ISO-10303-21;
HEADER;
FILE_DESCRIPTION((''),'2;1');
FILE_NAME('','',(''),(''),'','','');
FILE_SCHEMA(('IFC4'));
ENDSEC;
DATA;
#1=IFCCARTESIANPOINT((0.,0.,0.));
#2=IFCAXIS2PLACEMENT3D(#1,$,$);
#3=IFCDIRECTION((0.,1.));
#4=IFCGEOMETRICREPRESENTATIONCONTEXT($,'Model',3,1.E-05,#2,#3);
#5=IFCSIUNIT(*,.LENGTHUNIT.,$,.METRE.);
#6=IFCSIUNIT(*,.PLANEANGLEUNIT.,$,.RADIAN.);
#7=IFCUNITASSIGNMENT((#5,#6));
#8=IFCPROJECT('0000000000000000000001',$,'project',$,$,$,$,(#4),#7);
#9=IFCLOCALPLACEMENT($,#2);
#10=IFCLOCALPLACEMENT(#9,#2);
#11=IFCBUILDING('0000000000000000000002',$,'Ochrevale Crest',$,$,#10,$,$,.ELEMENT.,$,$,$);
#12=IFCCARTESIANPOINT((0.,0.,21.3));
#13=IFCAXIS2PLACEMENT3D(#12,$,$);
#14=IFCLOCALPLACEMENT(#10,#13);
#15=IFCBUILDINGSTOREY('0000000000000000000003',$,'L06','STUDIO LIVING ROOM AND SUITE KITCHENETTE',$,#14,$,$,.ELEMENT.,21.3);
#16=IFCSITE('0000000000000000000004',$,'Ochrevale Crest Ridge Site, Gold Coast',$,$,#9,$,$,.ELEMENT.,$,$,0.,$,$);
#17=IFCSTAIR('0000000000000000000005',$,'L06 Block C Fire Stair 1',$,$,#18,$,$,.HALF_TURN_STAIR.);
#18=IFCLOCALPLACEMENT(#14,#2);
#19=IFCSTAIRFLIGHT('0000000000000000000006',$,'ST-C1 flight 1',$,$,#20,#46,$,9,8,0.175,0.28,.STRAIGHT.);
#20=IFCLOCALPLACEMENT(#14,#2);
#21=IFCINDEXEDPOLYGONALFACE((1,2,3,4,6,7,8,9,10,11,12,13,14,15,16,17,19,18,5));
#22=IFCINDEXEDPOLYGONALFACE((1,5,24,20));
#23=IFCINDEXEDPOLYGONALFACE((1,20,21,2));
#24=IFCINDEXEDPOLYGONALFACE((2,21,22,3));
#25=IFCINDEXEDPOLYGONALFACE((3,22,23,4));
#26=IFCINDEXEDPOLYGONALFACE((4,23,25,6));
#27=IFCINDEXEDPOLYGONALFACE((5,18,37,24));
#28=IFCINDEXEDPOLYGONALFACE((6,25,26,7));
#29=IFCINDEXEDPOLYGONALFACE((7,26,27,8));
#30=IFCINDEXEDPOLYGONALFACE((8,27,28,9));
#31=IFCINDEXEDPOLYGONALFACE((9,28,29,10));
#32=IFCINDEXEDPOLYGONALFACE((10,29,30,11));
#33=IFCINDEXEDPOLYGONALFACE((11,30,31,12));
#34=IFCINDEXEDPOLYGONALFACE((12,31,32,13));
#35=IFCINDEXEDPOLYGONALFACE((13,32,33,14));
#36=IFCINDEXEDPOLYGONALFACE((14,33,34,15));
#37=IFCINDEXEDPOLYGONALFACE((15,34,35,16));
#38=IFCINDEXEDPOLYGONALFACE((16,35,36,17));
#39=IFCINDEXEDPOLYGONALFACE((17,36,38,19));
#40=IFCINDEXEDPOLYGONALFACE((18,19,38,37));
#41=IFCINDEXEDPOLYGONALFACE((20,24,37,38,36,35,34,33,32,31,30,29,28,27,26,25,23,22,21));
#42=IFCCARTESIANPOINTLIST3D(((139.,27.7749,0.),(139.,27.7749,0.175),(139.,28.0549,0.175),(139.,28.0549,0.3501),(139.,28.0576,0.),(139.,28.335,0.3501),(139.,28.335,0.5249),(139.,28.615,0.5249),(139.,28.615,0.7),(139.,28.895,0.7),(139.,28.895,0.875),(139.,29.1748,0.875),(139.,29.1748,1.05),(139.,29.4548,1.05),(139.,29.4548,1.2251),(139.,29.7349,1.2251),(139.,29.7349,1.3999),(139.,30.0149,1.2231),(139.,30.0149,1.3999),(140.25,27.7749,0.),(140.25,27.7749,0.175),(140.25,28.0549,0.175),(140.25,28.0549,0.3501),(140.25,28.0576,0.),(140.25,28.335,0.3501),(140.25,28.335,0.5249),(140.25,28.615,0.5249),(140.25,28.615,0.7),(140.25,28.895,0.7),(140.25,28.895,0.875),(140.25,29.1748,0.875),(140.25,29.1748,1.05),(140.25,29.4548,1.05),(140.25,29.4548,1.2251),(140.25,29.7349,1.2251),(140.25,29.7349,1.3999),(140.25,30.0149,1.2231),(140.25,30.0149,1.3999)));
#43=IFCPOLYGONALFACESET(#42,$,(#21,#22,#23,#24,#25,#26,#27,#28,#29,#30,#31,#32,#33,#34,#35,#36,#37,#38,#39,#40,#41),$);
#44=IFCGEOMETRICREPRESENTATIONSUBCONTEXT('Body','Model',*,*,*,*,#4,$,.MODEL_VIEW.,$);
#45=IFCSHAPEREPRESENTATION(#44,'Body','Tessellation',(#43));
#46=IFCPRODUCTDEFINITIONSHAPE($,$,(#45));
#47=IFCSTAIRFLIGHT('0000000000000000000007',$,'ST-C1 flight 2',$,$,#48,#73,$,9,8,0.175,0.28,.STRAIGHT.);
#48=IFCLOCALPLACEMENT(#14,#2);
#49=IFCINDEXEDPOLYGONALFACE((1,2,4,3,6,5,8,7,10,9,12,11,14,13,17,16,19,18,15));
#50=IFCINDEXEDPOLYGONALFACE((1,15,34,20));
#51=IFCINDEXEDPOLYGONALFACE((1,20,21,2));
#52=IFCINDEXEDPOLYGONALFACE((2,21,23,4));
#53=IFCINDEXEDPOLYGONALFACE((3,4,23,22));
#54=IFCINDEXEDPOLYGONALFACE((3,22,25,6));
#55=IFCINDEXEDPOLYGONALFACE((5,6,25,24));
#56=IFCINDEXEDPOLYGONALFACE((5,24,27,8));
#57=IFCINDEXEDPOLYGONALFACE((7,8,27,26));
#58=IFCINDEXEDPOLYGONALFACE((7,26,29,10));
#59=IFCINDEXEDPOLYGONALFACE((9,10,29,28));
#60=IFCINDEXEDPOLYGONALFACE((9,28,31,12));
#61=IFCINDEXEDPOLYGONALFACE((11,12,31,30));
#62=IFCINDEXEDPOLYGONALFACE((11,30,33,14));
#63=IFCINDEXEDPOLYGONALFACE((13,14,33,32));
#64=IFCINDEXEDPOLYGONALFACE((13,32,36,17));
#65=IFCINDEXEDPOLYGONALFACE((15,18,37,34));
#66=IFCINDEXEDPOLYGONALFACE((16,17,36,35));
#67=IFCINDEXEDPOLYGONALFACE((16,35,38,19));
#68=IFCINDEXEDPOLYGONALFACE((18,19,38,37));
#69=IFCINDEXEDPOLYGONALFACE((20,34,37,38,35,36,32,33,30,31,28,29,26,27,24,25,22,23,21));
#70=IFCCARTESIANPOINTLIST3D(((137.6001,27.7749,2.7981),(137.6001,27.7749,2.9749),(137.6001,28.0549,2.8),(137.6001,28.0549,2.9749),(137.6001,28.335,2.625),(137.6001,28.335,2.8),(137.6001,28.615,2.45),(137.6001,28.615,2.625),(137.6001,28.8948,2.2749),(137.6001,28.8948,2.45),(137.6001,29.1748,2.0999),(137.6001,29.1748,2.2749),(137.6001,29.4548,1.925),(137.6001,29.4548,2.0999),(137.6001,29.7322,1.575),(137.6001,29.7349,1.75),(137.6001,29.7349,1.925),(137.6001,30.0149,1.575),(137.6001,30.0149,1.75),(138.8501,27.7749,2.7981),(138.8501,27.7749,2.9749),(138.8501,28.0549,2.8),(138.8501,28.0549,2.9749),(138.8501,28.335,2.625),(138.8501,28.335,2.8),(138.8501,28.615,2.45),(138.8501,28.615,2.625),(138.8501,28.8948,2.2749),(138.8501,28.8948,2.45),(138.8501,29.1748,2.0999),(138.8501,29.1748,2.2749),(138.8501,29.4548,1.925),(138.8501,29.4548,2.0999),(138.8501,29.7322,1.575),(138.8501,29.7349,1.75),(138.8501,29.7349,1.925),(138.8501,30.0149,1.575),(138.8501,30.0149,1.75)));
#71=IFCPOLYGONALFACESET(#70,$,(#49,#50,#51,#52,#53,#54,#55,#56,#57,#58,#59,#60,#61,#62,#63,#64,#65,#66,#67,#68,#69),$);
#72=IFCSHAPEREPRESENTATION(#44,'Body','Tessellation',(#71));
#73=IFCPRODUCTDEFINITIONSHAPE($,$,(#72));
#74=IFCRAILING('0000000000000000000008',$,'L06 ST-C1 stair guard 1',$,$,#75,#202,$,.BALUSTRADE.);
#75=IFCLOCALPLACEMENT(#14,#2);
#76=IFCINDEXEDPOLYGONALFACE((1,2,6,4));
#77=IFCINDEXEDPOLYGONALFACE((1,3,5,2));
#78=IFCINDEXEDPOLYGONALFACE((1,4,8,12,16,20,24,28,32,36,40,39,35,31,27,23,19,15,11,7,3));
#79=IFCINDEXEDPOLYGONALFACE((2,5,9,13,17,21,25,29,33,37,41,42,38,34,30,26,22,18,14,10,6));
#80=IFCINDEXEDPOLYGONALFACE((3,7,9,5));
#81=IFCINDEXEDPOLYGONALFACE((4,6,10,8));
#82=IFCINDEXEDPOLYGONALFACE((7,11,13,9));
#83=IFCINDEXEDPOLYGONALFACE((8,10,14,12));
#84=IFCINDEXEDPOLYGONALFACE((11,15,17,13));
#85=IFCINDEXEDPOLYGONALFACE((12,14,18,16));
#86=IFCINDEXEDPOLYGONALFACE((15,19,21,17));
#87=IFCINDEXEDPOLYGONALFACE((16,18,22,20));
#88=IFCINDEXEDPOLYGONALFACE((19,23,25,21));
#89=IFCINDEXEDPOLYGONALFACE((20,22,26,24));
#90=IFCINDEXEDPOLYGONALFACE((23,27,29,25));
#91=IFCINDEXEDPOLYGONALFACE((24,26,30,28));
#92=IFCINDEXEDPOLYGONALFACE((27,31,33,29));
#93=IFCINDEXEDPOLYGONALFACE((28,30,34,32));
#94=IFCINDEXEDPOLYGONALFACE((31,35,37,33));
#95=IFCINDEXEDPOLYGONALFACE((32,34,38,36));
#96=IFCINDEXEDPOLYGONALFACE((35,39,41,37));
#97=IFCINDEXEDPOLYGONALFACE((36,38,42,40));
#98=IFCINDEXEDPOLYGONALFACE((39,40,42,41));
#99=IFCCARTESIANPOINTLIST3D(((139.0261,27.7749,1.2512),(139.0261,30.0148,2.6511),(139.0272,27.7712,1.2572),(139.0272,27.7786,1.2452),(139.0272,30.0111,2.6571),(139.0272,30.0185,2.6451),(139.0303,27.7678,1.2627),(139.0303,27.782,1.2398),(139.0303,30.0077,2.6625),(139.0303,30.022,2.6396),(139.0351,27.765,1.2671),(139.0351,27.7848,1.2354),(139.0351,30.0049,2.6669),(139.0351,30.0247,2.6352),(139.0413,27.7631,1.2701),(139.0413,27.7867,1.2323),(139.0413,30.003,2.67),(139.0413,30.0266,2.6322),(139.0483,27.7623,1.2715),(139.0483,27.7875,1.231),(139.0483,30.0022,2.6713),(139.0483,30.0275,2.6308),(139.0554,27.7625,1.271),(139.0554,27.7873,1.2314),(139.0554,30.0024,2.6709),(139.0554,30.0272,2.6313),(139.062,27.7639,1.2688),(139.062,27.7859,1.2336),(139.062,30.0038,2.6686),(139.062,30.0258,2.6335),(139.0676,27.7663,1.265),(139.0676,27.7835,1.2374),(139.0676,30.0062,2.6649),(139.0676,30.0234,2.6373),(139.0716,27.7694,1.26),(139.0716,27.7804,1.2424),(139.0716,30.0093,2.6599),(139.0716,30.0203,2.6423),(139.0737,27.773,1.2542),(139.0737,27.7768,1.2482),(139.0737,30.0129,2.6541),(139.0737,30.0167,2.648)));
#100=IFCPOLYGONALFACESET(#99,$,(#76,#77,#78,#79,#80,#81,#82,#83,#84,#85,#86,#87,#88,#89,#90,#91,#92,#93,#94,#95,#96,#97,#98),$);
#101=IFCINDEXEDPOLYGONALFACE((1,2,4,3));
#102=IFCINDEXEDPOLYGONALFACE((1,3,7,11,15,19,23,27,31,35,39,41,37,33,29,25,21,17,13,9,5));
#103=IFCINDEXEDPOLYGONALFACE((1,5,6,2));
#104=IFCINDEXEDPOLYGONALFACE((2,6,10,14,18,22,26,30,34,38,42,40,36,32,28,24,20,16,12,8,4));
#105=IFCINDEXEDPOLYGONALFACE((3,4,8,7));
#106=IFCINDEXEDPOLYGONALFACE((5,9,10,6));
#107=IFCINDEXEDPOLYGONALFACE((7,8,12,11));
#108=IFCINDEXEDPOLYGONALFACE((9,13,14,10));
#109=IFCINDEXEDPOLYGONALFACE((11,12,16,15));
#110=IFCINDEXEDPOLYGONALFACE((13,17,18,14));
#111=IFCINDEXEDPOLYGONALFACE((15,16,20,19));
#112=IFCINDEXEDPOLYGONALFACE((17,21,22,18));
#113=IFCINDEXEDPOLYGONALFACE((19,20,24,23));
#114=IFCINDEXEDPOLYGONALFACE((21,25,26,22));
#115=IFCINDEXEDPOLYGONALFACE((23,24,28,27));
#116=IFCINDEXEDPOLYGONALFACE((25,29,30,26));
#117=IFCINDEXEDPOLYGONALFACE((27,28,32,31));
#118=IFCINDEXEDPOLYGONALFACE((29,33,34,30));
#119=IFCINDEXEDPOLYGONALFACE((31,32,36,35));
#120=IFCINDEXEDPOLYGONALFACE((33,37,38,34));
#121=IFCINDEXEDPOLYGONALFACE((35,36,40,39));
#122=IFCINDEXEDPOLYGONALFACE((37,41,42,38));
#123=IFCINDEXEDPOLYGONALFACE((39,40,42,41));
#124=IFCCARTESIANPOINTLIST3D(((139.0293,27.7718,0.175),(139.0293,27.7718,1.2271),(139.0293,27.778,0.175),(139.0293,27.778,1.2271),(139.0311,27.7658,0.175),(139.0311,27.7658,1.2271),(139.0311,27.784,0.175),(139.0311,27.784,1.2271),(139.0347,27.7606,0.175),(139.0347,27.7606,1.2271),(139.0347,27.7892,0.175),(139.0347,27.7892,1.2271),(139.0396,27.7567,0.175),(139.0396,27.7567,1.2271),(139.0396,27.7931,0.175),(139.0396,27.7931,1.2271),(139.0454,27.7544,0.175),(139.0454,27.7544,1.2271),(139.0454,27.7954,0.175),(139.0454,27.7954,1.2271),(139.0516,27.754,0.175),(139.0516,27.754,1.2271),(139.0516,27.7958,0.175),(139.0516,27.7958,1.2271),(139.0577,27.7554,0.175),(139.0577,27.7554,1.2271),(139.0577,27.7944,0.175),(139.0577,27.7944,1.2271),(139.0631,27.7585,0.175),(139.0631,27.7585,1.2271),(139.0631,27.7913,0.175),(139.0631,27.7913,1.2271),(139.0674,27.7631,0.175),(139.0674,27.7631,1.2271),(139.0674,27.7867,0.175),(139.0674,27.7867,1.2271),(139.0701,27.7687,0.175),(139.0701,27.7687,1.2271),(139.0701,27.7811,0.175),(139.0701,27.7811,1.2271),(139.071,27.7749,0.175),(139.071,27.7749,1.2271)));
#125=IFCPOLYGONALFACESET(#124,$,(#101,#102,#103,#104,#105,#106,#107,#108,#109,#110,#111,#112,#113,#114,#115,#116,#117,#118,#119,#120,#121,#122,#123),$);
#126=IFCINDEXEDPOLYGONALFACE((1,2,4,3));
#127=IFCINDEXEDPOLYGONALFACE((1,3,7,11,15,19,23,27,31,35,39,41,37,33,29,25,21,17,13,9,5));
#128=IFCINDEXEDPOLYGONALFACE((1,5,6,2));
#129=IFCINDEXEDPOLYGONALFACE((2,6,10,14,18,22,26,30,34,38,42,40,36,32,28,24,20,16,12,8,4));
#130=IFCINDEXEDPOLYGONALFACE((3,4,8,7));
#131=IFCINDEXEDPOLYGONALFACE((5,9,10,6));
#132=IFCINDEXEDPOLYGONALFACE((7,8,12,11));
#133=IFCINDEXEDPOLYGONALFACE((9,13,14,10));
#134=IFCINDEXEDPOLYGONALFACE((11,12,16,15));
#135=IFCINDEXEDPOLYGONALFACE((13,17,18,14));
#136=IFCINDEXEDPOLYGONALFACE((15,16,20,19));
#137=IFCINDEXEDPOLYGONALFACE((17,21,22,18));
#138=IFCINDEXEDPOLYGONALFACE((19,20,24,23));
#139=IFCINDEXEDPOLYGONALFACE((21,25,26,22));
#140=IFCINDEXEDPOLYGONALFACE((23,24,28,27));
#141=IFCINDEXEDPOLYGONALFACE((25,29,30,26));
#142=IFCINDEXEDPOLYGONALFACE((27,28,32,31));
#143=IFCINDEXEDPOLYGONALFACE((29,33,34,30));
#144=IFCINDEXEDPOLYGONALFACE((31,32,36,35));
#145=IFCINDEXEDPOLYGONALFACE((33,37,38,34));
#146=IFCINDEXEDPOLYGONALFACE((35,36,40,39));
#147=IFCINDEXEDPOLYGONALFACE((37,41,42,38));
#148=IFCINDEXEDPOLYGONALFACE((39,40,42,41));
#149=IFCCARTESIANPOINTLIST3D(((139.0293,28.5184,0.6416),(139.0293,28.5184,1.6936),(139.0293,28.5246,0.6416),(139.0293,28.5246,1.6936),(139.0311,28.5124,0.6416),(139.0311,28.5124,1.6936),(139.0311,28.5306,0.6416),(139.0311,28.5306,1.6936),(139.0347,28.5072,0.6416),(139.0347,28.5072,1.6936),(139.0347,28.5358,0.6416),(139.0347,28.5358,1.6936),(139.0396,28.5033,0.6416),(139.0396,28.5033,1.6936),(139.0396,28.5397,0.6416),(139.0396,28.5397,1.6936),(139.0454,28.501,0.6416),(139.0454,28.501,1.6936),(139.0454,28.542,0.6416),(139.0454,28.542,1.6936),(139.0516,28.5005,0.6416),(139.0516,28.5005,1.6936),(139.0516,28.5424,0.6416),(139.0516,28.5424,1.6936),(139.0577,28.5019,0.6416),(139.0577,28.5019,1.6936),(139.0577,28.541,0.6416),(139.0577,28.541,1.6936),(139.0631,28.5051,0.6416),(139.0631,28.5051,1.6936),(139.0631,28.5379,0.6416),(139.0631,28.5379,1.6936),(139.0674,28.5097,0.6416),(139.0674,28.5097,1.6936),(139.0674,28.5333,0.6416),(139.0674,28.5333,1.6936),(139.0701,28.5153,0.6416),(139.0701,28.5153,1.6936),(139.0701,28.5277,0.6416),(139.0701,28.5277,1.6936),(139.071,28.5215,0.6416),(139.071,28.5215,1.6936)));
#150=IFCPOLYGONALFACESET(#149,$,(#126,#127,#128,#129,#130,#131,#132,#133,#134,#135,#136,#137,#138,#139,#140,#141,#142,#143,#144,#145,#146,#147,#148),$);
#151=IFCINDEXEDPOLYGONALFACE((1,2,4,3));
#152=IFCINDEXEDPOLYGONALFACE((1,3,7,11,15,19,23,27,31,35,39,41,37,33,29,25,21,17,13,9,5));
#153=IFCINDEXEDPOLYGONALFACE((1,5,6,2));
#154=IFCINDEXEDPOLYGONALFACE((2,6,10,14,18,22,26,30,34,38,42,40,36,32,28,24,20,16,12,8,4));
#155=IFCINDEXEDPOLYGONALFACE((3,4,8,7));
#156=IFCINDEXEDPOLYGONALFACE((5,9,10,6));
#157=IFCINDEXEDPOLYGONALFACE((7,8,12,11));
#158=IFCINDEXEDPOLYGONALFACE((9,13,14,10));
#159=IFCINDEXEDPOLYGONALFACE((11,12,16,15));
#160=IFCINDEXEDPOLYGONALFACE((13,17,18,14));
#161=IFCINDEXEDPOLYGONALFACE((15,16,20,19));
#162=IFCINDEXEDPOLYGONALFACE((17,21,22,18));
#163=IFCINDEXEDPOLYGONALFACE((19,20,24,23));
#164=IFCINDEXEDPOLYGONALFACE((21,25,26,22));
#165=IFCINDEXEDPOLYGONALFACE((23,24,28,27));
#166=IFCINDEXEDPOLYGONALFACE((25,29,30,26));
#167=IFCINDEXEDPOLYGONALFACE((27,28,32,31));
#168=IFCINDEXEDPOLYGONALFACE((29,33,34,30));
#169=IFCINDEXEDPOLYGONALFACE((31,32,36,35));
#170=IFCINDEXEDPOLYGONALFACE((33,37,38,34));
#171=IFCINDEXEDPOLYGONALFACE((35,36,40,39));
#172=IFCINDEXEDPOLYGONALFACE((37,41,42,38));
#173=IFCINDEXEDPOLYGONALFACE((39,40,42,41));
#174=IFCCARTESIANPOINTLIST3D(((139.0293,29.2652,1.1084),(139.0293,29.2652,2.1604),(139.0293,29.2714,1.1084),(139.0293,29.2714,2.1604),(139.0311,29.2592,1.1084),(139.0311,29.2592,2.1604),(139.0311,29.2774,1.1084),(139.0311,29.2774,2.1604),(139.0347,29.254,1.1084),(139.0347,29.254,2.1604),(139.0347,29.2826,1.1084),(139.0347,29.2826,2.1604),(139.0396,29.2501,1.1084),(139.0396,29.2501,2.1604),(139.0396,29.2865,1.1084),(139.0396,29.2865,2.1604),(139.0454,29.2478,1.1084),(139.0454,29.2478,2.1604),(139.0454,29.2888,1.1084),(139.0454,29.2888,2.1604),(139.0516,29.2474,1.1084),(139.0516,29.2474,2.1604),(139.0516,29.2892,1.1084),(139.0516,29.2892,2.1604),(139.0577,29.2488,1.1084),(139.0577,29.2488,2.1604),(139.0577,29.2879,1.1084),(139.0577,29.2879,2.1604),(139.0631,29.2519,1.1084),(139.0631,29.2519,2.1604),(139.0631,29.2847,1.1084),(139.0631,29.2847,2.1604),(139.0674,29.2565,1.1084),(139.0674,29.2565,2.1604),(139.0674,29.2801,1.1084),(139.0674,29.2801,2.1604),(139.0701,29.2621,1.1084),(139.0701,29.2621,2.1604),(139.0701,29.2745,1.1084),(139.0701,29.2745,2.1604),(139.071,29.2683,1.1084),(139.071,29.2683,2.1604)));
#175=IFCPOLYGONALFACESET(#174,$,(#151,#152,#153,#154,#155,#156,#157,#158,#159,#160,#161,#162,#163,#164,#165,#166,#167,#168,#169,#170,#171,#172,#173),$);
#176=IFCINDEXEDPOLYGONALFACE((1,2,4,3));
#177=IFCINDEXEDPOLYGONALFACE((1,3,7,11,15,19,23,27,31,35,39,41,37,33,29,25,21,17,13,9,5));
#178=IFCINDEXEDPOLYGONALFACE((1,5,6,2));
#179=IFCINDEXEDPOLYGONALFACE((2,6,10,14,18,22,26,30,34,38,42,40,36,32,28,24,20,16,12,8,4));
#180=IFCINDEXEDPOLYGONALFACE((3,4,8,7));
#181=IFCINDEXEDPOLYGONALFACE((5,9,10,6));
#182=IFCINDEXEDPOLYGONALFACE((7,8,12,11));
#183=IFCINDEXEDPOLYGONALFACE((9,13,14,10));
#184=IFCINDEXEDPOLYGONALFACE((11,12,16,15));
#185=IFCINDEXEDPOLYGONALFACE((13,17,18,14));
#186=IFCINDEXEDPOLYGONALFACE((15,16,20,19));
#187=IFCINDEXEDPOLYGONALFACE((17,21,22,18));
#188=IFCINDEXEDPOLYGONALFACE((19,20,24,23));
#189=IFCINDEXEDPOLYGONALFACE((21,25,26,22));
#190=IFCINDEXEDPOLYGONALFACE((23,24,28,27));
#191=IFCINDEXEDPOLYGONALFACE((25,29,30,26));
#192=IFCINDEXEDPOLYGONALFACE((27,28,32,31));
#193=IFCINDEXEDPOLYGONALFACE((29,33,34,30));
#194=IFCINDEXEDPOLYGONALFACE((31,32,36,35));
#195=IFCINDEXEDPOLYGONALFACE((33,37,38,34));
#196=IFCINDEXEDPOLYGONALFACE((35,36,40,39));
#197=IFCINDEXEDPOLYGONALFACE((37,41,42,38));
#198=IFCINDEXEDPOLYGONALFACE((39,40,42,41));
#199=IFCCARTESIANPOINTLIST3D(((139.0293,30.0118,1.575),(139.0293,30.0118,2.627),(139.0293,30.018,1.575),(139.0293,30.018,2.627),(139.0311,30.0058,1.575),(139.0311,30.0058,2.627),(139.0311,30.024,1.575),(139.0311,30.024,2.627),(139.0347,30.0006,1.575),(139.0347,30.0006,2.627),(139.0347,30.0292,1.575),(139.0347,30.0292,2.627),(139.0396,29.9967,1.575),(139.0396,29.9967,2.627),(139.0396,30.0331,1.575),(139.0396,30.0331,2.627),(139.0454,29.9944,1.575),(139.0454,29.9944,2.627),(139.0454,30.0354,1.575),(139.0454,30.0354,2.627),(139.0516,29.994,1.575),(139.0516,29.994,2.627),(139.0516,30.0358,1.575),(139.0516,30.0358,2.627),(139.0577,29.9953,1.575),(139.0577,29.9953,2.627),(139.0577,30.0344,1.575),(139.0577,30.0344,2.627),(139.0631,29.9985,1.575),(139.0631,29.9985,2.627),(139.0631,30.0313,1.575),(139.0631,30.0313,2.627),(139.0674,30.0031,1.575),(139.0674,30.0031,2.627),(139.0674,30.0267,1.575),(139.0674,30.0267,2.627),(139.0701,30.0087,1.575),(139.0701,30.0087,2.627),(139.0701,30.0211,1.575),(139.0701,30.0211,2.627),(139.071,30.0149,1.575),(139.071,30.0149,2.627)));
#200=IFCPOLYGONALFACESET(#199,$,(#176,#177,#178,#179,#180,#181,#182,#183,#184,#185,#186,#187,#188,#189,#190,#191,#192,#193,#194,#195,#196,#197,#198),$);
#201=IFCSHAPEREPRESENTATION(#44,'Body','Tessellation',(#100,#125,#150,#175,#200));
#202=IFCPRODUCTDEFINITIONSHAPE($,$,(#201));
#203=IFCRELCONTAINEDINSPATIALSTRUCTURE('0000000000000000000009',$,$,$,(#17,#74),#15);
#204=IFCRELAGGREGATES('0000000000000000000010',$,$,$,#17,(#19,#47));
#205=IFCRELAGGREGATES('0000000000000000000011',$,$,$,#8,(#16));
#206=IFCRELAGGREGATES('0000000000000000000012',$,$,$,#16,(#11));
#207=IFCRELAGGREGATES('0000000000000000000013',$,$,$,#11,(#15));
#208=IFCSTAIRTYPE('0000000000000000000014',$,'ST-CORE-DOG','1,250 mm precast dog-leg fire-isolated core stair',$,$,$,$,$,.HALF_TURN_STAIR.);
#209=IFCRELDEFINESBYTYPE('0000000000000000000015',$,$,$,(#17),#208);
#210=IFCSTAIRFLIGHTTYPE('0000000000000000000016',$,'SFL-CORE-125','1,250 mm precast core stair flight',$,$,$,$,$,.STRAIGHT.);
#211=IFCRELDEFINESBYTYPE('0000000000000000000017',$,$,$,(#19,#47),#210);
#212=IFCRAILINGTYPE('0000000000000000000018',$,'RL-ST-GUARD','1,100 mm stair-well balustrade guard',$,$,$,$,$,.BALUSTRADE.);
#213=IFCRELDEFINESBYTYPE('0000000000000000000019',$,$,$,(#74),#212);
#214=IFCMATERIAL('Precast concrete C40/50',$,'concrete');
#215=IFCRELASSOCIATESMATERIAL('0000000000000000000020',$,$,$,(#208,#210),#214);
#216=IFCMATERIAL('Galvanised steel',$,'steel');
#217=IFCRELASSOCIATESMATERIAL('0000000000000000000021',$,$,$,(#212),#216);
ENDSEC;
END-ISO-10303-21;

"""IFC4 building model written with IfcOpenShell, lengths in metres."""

from ifc_helpers import new_model, si_unit, direction, frame, origin, origin_2d, place, context, subcontext, project, spatial, polyline, circle, outline, extrude, material, type_object, element, aggregate, save


model = new_model("IFC4")

# Units and contexts
model_context = context("Model", 3, precision=1e-05, world=origin(), true_north=direction((0.0, 1.0)))
body_context = subcontext(model_context, "Body", "Model", "MODEL_VIEW")
ifc_project = project(units=[si_unit("LENGTHUNIT", "METRE"), si_unit("PLANEANGLEUNIT", "RADIAN")], contexts=[model_context])

# Site, building, storey
site_placement = place(None, origin())
site = spatial("IfcSite", under=ifc_project, at=site_placement, Name="Ochrevale Crest Ridge Site, Gold Coast", CompositionType="ELEMENT", RefElevation=0.0)
building_placement = place(site_placement, origin())
building = spatial("IfcBuilding", under=site, at=building_placement, Name="Ochrevale Crest", CompositionType="ELEMENT")
storey_placement = place(building_placement, frame((0.0, 0.0, 21.3)))
storey = spatial("IfcBuildingStorey", under=building, at=storey_placement, Name="L06", Description="STUDIO LIVING ROOM AND SUITE KITCHENETTE", CompositionType="ELEMENT", Elevation=21.3)

# Stair, stair flights
ifc_material_1 = material(Name="Precast concrete C40/50", Category="concrete")
stair_type = type_object("IfcStairType", Name="ST-CORE-DOG", Description="1,250 mm precast dog-leg fire-isolated core stair", PredefinedType="HALF_TURN_STAIR", material=ifc_material_1)
stair_placement = place(storey_placement, origin())
stair = element("IfcStair", 1, at=stair_placement, inside=storey, type_object=stair_type, Name="L06 Block C Fire Stair 1", PredefinedType="HALF_TURN_STAIR")
stair_flight_type = type_object("IfcStairFlightType", Name="SFL-CORE-125", Description="1,250 mm precast core stair flight", PredefinedType="STRAIGHT", material=ifc_material_1)
stair_flight_1_placement = place(storey_placement, frame((139.625, 27.7749, 0.0), z_axis=(0.0, 0.0, 1.0), x_axis=(0.0, 1.0, 0.0)))
stair_flight_1 = element("IfcStairFlight", 2, at=stair_flight_1_placement, type_object=stair_flight_type, Name="ST-C1 flight 1", NumberOfRisers=9, NumberOfTreads=8, PredefinedType="STRAIGHT", RiserHeight=0.175, TreadLength=0.28, context=body_context, shape_type="SweptSolid", body=[
    extrude(outline(polyline([(0.0, 0.0), (0.0, 0.175), (0.28, 0.175), (0.28, 0.3501), (0.5601, 0.3501), (0.5601, 0.5249), (0.8401, 0.5249), (0.8401, 0.7), (1.1201, 0.7), (1.1201, 0.875), (1.3999, 0.875), (1.3999, 1.05), (1.6799, 1.05), (1.6799, 1.2251), (1.96, 1.2251), (1.96, 1.3999), (2.24, 1.3999), (2.24, 1.575), (2.24, 1.2231), (0.2827, 0.0), (0.0, 0.0)])), frame((0.0, 0.625, 0.0), z_axis=(0.0, -1.0, 0.0), x_axis=(1.0, 0.0, 0.0)), (0.0, 0.0, 1.0), 1.25),
])
stair_flight_2_placement = place(storey_placement, frame((138.2251, 30.0149, 1.575), z_axis=(0.0, 0.0, 1.0), x_axis=(0.0, -1.0, 0.0)))
stair_flight_2 = element("IfcStairFlight", 3, at=stair_flight_2_placement, type_object=stair_flight_type, Name="ST-C1 flight 2", NumberOfRisers=9, NumberOfTreads=8, PredefinedType="STRAIGHT", RiserHeight=0.175, TreadLength=0.28, context=body_context, shape_type="SweptSolid", body=[
    extrude(outline(polyline([(0.0, 0.0), (0.0, 0.175), (0.28, 0.175), (0.28, 0.3501), (0.5601, 0.3501), (0.5601, 0.5249), (0.8401, 0.5249), (0.8401, 0.7), (1.1201, 0.7), (1.1201, 0.875), (1.3999, 0.875), (1.3999, 1.05), (1.6799, 1.05), (1.6799, 1.2251), (1.96, 1.2251), (1.96, 1.3999), (2.24, 1.3999), (2.24, 1.575), (2.24, 1.2231), (0.2827, 0.0), (0.0, 0.0)])), frame((0.0, 0.625, 0.0), z_axis=(0.0, -1.0, 0.0), x_axis=(1.0, 0.0, 0.0)), (0.0, 0.0, 1.0), 1.25),
])
aggregate(stair, [stair_flight_1, stair_flight_2])

# Railing
ifc_material_2 = material(Name="Galvanised steel", Category="steel")
railing_type_1 = type_object("IfcRailingType", Name="RL-ST-GUARD", Description="1,100 mm stair-well balustrade guard", PredefinedType="BALUSTRADE", material=ifc_material_2)
railing_1_placement = place(storey_placement, frame((139.05, 27.7749, 0.175)))
element("IfcRailing", 4, at=railing_1_placement, inside=storey, type_object=railing_type_1, Name="L06 ST-C1 stair guard 1", PredefinedType="BALUSTRADE", context=body_context, shape_type="SweptSolid", body=[
    extrude(circle(Radius=0.0239, at=origin_2d()), frame((0.0, 0.0, 1.0762), z_axis=(0.0, 0.848014, 0.529974), x_axis=(-1.0, 0.0, 0.0)), (0.0, 0.0, 1.0), 2.6414),
    extrude(circle(Radius=0.021, at=origin_2d()), origin(), (0.0, 0.0, 1.0), 1.052),
    extrude(circle(Radius=0.021, at=origin_2d()), frame((0.0, 0.7466, 0.4666)), (0.0, 0.0, 1.0), 1.052),
    extrude(circle(Radius=0.021, at=origin_2d()), frame((0.0, 1.4934, 0.9333)), (0.0, 0.0, 1.0), 1.052),
    extrude(circle(Radius=0.021, at=origin_2d()), frame((0.0, 2.24, 1.3999)), (0.0, 0.0, 1.0), 1.052),
])

save(model, "model.ifc")
